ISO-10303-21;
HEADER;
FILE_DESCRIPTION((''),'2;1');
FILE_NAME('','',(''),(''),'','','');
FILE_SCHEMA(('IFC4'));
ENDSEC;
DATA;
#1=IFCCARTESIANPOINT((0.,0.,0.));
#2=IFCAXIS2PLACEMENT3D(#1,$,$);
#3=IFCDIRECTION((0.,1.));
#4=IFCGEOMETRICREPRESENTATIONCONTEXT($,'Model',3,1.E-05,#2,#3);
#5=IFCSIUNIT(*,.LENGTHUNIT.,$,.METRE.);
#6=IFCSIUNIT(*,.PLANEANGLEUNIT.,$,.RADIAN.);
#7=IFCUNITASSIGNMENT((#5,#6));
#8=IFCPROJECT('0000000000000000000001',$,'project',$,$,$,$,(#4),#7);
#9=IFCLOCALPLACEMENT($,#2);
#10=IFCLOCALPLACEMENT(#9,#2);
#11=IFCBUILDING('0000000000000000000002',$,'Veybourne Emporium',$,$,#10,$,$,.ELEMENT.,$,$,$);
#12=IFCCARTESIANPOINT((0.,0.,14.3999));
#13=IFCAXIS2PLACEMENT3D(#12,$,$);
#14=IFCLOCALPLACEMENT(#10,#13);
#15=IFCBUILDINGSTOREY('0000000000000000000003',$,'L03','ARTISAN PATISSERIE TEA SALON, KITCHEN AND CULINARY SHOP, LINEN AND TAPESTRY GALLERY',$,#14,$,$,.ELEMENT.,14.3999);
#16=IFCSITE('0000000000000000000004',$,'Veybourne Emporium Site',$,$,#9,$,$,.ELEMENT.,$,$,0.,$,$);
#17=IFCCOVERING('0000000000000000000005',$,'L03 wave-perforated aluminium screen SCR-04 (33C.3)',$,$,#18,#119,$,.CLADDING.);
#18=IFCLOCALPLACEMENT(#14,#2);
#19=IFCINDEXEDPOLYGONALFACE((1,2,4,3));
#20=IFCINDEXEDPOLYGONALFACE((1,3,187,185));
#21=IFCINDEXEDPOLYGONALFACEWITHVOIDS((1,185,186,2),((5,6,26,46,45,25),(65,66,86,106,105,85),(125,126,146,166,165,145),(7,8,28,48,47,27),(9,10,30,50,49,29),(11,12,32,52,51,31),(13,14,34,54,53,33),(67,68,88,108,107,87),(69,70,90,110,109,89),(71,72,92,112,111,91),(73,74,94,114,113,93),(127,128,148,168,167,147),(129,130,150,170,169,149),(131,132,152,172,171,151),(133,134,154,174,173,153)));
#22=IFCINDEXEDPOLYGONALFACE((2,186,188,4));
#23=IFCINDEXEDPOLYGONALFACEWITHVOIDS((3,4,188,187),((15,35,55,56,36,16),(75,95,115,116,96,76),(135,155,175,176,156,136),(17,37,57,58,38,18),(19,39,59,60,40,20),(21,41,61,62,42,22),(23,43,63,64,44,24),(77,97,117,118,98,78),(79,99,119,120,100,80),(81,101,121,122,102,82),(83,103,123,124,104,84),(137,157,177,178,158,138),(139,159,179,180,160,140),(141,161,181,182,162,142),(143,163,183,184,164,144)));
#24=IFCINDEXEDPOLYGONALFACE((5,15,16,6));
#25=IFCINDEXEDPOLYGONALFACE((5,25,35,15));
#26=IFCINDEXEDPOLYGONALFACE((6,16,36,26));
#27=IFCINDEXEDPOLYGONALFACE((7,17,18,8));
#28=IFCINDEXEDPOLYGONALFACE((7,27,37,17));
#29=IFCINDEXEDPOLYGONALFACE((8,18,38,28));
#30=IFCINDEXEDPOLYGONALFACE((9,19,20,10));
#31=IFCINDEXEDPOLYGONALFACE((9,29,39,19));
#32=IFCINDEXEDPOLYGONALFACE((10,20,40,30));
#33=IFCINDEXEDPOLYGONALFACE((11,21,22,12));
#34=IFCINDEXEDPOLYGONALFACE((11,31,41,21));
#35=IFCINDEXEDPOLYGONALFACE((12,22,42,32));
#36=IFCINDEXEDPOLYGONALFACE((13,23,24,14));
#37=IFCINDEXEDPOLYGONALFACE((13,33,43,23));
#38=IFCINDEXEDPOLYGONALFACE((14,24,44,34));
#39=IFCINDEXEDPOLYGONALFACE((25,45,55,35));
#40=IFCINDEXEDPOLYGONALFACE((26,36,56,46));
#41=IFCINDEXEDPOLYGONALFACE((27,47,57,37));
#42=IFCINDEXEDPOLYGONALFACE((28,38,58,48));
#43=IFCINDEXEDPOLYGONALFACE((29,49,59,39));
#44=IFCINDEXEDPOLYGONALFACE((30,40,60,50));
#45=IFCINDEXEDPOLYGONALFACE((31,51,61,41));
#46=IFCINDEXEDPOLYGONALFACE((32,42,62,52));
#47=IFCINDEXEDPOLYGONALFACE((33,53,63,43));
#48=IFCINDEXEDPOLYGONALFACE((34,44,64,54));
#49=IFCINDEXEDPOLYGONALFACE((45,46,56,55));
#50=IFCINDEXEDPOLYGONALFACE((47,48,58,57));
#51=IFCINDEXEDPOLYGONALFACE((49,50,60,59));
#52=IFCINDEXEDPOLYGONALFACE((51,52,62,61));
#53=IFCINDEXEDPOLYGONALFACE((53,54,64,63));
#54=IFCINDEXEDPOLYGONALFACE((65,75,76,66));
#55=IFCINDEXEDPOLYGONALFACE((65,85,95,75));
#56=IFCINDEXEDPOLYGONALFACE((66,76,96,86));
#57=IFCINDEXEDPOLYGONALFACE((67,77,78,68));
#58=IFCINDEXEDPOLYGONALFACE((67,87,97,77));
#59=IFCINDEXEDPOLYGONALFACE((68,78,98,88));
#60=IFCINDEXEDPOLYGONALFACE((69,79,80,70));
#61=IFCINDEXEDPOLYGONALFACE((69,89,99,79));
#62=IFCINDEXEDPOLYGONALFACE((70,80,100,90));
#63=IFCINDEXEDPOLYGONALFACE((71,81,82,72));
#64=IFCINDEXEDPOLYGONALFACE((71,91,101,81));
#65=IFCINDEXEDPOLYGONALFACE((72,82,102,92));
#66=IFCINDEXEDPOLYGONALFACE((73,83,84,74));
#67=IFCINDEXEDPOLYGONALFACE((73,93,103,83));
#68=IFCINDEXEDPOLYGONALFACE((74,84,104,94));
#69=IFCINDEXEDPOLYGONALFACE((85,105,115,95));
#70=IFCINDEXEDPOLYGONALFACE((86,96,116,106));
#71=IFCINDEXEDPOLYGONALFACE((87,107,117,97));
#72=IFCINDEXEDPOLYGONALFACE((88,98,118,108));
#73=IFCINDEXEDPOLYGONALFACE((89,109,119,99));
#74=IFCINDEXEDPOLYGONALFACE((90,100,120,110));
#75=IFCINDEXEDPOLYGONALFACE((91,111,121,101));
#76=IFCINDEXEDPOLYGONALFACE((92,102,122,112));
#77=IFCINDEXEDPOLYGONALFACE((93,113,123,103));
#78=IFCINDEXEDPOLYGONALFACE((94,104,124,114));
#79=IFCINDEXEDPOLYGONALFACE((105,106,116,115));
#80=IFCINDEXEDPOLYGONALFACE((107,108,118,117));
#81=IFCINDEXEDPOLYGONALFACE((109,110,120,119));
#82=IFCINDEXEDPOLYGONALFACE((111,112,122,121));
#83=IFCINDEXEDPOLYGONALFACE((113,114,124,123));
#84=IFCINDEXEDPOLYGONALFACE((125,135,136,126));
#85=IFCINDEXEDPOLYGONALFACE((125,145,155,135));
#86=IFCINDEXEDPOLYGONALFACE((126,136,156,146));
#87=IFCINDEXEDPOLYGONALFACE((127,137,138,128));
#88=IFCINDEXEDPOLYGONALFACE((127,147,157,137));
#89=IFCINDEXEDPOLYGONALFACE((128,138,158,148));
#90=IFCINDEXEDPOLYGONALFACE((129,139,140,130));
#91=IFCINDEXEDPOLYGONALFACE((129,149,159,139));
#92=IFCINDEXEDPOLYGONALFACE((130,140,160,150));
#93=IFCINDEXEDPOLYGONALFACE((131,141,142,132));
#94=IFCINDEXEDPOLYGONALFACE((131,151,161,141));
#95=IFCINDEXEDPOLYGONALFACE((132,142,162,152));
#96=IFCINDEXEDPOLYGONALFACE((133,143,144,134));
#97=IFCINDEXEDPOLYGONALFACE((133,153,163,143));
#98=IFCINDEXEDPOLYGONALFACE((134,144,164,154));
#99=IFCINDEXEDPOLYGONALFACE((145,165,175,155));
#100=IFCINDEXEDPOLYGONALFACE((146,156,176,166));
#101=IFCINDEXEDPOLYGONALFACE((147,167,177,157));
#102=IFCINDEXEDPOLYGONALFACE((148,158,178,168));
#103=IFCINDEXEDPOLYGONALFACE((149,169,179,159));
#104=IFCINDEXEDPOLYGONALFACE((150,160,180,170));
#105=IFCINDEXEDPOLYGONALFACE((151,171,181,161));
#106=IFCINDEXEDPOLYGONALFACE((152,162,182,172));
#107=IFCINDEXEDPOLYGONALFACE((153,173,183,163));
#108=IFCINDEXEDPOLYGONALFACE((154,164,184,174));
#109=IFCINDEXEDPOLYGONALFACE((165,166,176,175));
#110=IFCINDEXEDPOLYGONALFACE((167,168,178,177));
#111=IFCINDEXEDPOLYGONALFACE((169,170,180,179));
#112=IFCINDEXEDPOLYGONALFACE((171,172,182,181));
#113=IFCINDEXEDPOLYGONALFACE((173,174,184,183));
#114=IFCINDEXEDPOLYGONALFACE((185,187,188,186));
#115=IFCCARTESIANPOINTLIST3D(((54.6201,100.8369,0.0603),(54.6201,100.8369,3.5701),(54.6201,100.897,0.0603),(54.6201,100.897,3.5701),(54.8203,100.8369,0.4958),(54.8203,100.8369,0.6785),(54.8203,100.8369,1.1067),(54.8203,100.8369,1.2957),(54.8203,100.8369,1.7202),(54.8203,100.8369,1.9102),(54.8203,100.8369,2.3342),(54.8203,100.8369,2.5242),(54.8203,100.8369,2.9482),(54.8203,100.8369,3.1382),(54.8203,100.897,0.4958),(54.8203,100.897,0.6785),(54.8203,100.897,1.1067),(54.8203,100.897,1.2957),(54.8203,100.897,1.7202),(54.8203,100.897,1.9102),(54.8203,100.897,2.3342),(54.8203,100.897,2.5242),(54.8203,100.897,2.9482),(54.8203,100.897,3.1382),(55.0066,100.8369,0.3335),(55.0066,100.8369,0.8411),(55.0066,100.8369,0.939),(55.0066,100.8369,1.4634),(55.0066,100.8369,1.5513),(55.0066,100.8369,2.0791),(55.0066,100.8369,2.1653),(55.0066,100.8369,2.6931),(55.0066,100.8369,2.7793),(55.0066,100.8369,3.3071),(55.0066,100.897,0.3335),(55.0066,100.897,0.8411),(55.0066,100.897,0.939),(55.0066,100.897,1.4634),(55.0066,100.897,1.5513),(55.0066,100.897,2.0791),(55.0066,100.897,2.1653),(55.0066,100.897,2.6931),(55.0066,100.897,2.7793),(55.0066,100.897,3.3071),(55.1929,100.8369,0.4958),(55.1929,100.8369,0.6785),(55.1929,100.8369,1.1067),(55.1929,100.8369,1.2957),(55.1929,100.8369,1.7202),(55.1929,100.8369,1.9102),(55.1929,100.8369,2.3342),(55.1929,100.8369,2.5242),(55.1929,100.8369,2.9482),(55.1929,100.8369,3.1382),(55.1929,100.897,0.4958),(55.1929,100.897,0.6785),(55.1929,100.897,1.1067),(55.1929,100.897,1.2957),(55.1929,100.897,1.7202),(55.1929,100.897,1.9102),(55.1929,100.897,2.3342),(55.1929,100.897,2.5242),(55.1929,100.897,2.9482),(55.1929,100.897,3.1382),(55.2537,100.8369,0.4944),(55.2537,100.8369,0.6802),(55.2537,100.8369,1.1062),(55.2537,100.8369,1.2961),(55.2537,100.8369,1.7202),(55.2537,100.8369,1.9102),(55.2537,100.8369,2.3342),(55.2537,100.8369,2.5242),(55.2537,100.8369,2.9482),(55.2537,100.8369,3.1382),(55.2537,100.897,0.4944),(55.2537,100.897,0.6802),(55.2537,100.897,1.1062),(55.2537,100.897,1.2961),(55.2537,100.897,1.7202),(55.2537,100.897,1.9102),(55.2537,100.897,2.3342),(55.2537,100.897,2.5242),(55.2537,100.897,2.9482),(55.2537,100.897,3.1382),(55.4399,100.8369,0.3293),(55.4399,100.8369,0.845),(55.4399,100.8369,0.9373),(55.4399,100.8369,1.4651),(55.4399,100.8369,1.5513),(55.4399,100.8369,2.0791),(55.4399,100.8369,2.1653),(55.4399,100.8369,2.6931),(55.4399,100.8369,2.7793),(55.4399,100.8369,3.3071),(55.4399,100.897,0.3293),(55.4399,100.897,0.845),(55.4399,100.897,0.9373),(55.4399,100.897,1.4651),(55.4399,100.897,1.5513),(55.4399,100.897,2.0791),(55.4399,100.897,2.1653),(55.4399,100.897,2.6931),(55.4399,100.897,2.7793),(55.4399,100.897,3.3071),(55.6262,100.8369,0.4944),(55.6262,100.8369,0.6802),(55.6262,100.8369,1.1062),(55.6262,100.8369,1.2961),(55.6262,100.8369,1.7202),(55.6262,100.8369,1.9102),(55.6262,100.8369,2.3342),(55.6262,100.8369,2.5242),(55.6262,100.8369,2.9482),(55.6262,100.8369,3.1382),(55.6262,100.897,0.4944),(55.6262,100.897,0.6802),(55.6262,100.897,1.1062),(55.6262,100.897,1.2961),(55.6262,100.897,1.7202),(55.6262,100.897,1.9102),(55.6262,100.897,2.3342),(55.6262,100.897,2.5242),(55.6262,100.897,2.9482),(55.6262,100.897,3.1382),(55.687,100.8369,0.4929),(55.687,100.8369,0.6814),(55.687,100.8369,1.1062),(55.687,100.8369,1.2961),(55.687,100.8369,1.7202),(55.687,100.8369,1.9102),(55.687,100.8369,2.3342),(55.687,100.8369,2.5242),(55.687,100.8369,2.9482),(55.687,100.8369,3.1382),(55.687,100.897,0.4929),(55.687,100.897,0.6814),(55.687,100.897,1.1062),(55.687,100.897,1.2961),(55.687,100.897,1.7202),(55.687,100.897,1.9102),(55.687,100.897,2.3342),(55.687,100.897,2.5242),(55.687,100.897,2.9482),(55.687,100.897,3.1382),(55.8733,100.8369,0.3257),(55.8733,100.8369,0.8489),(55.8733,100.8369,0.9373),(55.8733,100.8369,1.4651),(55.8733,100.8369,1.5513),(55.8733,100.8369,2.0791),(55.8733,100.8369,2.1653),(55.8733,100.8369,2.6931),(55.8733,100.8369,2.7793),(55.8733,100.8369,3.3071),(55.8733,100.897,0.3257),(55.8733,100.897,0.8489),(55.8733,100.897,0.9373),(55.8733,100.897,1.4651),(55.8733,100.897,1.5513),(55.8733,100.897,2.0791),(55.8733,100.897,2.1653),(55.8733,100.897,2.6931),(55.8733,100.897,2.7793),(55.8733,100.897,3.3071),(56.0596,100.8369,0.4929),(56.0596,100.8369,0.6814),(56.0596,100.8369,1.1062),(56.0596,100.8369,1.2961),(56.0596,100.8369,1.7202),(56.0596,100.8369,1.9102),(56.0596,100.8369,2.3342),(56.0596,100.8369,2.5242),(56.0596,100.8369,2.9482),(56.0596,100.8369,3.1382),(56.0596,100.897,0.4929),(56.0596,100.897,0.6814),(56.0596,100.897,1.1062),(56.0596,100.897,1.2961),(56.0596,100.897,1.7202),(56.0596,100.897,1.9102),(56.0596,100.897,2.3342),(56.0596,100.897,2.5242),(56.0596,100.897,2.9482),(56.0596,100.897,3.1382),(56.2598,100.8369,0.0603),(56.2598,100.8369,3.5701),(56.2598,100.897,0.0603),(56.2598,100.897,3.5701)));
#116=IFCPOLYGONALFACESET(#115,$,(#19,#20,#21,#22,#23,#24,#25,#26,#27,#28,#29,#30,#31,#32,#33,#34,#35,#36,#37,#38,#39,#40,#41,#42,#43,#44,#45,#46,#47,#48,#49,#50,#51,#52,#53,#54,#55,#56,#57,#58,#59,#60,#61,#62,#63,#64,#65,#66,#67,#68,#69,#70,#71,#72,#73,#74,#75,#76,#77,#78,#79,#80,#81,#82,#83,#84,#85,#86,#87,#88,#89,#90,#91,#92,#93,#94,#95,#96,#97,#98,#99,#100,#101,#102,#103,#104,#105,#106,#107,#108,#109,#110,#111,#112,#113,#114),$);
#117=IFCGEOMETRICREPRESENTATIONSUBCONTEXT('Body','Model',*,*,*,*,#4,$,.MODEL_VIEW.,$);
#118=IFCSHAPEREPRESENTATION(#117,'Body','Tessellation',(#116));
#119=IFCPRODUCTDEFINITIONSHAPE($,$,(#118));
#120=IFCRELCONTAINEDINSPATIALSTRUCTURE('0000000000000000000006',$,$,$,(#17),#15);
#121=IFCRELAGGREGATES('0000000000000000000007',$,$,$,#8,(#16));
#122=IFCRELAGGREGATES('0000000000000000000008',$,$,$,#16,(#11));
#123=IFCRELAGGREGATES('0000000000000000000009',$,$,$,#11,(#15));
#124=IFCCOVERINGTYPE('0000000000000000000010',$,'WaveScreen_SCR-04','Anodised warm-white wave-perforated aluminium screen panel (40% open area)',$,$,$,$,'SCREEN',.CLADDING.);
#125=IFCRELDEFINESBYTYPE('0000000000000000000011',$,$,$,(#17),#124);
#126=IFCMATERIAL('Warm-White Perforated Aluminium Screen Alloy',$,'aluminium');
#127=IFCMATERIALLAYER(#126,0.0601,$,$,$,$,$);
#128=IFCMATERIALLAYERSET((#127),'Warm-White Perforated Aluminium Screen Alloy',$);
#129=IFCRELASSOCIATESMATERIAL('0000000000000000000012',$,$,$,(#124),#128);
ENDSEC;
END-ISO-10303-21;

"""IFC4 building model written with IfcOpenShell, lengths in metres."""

from ifc_helpers import new_model, si_unit, direction, frame, origin, place, context, subcontext, project, spatial, polyline, outline, extrude, material, layer, layer_set, type_object, element, save


model = new_model("IFC4")

# Units and contexts
model_context = context("Model", 3, precision=1e-05, world=origin(), true_north=direction((0.0, 1.0)))
body_context = subcontext(model_context, "Body", "Model", "MODEL_VIEW")
ifc_project = project(units=[si_unit("LENGTHUNIT", "METRE"), si_unit("PLANEANGLEUNIT", "RADIAN")], contexts=[model_context])

# Site, building, storey
site_placement = place(None, origin())
site = spatial("IfcSite", under=ifc_project, at=site_placement, Name="Veybourne Emporium Site", CompositionType="ELEMENT", RefElevation=0.0)
building_placement = place(site_placement, origin())
building = spatial("IfcBuilding", under=site, at=building_placement, Name="Veybourne Emporium", CompositionType="ELEMENT")
storey_placement = place(building_placement, frame((0.0, 0.0, 14.3999)))
storey = spatial("IfcBuildingStorey", under=building, at=storey_placement, Name="L03", Description="ARTISAN PATISSERIE TEA SALON, KITCHEN AND CULINARY SHOP, LINEN AND TAPESTRY GALLERY", CompositionType="ELEMENT", Elevation=14.3999)

# Covering
ifc_material_1 = material(Name="Warm-White Perforated Aluminium Screen Alloy", Category="aluminium")
ifc_layer_1 = layer(ifc_material_1, 0.0601)
ifc_layer_set_1 = layer_set([ifc_layer_1], Name="Warm-White Perforated Aluminium Screen Alloy")
covering_type_1 = type_object("IfcCoveringType", Name="WaveScreen_SCR-04", Description="Anodised warm-white wave-perforated aluminium screen panel (40% open area)", ElementType="SCREEN", PredefinedType="CLADDING", material=ifc_layer_set_1)
covering_1_placement = place(storey_placement, frame((55.4399, 100.897, 1.8152), z_axis=(0.0, -1.0, 0.0), x_axis=(1.0, 0.0, 0.0)))
element("IfcCovering", 1, at=covering_1_placement, inside=storey, type_object=covering_type_1, Name="L03 wave-perforated aluminium screen SCR-04 (33C.3)", PredefinedType="CLADDING", context=body_context, shape_type="SweptSolid", body=[
    extrude(outline(polyline([(-0.8198, -1.7549), (0.8198, -1.7549), (0.8198, 1.7549), (-0.8198, 1.7549), (-0.8198, -1.7549)]), holes=[polyline([(-0.4333, -0.9741), (-0.2471, -1.1367), (-0.2471, -1.3193), (-0.4333, -1.4817), (-0.6196, -1.3193), (-0.6196, -1.1367), (-0.4333, -0.9741)]), polyline([(-0.4333, -0.3518), (-0.2471, -0.5195), (-0.2471, -0.7085), (-0.4333, -0.8762), (-0.6196, -0.7085), (-0.6196, -0.5195), (-0.4333, -0.3518)]), polyline([(-0.4333, 0.2639), (-0.2471, 0.095), (-0.2471, -0.095), (-0.4333, -0.2639), (-0.6196, -0.095), (-0.6196, 0.095), (-0.4333, 0.2639)]), polyline([(-0.4333, 0.8779), (-0.2471, 0.709), (-0.2471, 0.519), (-0.4333, 0.3501), (-0.6196, 0.519), (-0.6196, 0.709), (-0.4333, 0.8779)]), polyline([(-0.4333, 1.4919), (-0.2471, 1.323), (-0.2471, 1.1331), (-0.4333, 0.9641), (-0.6196, 1.1331), (-0.6196, 1.323), (-0.4333, 1.4919)]), polyline([(0.0, -0.9702), (0.1863, -1.135), (0.1863, -1.3208), (0.0, -1.4858), (-0.1863, -1.3208), (-0.1863, -1.135), (0.0, -0.9702)]), polyline([(0.0, -0.3501), (0.1863, -0.519), (0.1863, -0.709), (0.0, -0.8779), (-0.1863, -0.709), (-0.1863, -0.519), (0.0, -0.3501)]), polyline([(0.0, 0.2639), (0.1863, 0.095), (0.1863, -0.095), (0.0, -0.2639), (-0.1863, -0.095), (-0.1863, 0.095), (0.0, 0.2639)]), polyline([(0.0, 0.8779), (0.1863, 0.709), (0.1863, 0.519), (0.0, 0.3501), (-0.1863, 0.519), (-0.1863, 0.709), (0.0, 0.8779)]), polyline([(0.0, 1.4919), (0.1863, 1.323), (0.1863, 1.1331), (0.0, 0.9641), (-0.1863, 1.1331), (-0.1863, 1.323), (0.0, 1.4919)]), polyline([(0.4333, -0.9663), (0.6196, -1.1338), (0.6196, -1.3223), (0.4333, -1.4895), (0.2471, -1.3223), (0.2471, -1.1338), (0.4333, -0.9663)]), polyline([(0.4333, -0.3501), (0.6196, -0.519), (0.6196, -0.709), (0.4333, -0.8779), (0.2471, -0.709), (0.2471, -0.519), (0.4333, -0.3501)]), polyline([(0.4333, 0.2639), (0.6196, 0.095), (0.6196, -0.095), (0.4333, -0.2639), (0.2471, -0.095), (0.2471, 0.095), (0.4333, 0.2639)]), polyline([(0.4333, 0.8779), (0.6196, 0.709), (0.6196, 0.519), (0.4333, 0.3501), (0.2471, 0.519), (0.2471, 0.709), (0.4333, 0.8779)]), polyline([(0.4333, 1.4919), (0.6196, 1.323), (0.6196, 1.1331), (0.4333, 0.9641), (0.2471, 1.1331), (0.2471, 1.323), (0.4333, 1.4919)])]), origin(), (0.0, 0.0, 1.0), 0.0601),
])

save(model, "model.ifc")
